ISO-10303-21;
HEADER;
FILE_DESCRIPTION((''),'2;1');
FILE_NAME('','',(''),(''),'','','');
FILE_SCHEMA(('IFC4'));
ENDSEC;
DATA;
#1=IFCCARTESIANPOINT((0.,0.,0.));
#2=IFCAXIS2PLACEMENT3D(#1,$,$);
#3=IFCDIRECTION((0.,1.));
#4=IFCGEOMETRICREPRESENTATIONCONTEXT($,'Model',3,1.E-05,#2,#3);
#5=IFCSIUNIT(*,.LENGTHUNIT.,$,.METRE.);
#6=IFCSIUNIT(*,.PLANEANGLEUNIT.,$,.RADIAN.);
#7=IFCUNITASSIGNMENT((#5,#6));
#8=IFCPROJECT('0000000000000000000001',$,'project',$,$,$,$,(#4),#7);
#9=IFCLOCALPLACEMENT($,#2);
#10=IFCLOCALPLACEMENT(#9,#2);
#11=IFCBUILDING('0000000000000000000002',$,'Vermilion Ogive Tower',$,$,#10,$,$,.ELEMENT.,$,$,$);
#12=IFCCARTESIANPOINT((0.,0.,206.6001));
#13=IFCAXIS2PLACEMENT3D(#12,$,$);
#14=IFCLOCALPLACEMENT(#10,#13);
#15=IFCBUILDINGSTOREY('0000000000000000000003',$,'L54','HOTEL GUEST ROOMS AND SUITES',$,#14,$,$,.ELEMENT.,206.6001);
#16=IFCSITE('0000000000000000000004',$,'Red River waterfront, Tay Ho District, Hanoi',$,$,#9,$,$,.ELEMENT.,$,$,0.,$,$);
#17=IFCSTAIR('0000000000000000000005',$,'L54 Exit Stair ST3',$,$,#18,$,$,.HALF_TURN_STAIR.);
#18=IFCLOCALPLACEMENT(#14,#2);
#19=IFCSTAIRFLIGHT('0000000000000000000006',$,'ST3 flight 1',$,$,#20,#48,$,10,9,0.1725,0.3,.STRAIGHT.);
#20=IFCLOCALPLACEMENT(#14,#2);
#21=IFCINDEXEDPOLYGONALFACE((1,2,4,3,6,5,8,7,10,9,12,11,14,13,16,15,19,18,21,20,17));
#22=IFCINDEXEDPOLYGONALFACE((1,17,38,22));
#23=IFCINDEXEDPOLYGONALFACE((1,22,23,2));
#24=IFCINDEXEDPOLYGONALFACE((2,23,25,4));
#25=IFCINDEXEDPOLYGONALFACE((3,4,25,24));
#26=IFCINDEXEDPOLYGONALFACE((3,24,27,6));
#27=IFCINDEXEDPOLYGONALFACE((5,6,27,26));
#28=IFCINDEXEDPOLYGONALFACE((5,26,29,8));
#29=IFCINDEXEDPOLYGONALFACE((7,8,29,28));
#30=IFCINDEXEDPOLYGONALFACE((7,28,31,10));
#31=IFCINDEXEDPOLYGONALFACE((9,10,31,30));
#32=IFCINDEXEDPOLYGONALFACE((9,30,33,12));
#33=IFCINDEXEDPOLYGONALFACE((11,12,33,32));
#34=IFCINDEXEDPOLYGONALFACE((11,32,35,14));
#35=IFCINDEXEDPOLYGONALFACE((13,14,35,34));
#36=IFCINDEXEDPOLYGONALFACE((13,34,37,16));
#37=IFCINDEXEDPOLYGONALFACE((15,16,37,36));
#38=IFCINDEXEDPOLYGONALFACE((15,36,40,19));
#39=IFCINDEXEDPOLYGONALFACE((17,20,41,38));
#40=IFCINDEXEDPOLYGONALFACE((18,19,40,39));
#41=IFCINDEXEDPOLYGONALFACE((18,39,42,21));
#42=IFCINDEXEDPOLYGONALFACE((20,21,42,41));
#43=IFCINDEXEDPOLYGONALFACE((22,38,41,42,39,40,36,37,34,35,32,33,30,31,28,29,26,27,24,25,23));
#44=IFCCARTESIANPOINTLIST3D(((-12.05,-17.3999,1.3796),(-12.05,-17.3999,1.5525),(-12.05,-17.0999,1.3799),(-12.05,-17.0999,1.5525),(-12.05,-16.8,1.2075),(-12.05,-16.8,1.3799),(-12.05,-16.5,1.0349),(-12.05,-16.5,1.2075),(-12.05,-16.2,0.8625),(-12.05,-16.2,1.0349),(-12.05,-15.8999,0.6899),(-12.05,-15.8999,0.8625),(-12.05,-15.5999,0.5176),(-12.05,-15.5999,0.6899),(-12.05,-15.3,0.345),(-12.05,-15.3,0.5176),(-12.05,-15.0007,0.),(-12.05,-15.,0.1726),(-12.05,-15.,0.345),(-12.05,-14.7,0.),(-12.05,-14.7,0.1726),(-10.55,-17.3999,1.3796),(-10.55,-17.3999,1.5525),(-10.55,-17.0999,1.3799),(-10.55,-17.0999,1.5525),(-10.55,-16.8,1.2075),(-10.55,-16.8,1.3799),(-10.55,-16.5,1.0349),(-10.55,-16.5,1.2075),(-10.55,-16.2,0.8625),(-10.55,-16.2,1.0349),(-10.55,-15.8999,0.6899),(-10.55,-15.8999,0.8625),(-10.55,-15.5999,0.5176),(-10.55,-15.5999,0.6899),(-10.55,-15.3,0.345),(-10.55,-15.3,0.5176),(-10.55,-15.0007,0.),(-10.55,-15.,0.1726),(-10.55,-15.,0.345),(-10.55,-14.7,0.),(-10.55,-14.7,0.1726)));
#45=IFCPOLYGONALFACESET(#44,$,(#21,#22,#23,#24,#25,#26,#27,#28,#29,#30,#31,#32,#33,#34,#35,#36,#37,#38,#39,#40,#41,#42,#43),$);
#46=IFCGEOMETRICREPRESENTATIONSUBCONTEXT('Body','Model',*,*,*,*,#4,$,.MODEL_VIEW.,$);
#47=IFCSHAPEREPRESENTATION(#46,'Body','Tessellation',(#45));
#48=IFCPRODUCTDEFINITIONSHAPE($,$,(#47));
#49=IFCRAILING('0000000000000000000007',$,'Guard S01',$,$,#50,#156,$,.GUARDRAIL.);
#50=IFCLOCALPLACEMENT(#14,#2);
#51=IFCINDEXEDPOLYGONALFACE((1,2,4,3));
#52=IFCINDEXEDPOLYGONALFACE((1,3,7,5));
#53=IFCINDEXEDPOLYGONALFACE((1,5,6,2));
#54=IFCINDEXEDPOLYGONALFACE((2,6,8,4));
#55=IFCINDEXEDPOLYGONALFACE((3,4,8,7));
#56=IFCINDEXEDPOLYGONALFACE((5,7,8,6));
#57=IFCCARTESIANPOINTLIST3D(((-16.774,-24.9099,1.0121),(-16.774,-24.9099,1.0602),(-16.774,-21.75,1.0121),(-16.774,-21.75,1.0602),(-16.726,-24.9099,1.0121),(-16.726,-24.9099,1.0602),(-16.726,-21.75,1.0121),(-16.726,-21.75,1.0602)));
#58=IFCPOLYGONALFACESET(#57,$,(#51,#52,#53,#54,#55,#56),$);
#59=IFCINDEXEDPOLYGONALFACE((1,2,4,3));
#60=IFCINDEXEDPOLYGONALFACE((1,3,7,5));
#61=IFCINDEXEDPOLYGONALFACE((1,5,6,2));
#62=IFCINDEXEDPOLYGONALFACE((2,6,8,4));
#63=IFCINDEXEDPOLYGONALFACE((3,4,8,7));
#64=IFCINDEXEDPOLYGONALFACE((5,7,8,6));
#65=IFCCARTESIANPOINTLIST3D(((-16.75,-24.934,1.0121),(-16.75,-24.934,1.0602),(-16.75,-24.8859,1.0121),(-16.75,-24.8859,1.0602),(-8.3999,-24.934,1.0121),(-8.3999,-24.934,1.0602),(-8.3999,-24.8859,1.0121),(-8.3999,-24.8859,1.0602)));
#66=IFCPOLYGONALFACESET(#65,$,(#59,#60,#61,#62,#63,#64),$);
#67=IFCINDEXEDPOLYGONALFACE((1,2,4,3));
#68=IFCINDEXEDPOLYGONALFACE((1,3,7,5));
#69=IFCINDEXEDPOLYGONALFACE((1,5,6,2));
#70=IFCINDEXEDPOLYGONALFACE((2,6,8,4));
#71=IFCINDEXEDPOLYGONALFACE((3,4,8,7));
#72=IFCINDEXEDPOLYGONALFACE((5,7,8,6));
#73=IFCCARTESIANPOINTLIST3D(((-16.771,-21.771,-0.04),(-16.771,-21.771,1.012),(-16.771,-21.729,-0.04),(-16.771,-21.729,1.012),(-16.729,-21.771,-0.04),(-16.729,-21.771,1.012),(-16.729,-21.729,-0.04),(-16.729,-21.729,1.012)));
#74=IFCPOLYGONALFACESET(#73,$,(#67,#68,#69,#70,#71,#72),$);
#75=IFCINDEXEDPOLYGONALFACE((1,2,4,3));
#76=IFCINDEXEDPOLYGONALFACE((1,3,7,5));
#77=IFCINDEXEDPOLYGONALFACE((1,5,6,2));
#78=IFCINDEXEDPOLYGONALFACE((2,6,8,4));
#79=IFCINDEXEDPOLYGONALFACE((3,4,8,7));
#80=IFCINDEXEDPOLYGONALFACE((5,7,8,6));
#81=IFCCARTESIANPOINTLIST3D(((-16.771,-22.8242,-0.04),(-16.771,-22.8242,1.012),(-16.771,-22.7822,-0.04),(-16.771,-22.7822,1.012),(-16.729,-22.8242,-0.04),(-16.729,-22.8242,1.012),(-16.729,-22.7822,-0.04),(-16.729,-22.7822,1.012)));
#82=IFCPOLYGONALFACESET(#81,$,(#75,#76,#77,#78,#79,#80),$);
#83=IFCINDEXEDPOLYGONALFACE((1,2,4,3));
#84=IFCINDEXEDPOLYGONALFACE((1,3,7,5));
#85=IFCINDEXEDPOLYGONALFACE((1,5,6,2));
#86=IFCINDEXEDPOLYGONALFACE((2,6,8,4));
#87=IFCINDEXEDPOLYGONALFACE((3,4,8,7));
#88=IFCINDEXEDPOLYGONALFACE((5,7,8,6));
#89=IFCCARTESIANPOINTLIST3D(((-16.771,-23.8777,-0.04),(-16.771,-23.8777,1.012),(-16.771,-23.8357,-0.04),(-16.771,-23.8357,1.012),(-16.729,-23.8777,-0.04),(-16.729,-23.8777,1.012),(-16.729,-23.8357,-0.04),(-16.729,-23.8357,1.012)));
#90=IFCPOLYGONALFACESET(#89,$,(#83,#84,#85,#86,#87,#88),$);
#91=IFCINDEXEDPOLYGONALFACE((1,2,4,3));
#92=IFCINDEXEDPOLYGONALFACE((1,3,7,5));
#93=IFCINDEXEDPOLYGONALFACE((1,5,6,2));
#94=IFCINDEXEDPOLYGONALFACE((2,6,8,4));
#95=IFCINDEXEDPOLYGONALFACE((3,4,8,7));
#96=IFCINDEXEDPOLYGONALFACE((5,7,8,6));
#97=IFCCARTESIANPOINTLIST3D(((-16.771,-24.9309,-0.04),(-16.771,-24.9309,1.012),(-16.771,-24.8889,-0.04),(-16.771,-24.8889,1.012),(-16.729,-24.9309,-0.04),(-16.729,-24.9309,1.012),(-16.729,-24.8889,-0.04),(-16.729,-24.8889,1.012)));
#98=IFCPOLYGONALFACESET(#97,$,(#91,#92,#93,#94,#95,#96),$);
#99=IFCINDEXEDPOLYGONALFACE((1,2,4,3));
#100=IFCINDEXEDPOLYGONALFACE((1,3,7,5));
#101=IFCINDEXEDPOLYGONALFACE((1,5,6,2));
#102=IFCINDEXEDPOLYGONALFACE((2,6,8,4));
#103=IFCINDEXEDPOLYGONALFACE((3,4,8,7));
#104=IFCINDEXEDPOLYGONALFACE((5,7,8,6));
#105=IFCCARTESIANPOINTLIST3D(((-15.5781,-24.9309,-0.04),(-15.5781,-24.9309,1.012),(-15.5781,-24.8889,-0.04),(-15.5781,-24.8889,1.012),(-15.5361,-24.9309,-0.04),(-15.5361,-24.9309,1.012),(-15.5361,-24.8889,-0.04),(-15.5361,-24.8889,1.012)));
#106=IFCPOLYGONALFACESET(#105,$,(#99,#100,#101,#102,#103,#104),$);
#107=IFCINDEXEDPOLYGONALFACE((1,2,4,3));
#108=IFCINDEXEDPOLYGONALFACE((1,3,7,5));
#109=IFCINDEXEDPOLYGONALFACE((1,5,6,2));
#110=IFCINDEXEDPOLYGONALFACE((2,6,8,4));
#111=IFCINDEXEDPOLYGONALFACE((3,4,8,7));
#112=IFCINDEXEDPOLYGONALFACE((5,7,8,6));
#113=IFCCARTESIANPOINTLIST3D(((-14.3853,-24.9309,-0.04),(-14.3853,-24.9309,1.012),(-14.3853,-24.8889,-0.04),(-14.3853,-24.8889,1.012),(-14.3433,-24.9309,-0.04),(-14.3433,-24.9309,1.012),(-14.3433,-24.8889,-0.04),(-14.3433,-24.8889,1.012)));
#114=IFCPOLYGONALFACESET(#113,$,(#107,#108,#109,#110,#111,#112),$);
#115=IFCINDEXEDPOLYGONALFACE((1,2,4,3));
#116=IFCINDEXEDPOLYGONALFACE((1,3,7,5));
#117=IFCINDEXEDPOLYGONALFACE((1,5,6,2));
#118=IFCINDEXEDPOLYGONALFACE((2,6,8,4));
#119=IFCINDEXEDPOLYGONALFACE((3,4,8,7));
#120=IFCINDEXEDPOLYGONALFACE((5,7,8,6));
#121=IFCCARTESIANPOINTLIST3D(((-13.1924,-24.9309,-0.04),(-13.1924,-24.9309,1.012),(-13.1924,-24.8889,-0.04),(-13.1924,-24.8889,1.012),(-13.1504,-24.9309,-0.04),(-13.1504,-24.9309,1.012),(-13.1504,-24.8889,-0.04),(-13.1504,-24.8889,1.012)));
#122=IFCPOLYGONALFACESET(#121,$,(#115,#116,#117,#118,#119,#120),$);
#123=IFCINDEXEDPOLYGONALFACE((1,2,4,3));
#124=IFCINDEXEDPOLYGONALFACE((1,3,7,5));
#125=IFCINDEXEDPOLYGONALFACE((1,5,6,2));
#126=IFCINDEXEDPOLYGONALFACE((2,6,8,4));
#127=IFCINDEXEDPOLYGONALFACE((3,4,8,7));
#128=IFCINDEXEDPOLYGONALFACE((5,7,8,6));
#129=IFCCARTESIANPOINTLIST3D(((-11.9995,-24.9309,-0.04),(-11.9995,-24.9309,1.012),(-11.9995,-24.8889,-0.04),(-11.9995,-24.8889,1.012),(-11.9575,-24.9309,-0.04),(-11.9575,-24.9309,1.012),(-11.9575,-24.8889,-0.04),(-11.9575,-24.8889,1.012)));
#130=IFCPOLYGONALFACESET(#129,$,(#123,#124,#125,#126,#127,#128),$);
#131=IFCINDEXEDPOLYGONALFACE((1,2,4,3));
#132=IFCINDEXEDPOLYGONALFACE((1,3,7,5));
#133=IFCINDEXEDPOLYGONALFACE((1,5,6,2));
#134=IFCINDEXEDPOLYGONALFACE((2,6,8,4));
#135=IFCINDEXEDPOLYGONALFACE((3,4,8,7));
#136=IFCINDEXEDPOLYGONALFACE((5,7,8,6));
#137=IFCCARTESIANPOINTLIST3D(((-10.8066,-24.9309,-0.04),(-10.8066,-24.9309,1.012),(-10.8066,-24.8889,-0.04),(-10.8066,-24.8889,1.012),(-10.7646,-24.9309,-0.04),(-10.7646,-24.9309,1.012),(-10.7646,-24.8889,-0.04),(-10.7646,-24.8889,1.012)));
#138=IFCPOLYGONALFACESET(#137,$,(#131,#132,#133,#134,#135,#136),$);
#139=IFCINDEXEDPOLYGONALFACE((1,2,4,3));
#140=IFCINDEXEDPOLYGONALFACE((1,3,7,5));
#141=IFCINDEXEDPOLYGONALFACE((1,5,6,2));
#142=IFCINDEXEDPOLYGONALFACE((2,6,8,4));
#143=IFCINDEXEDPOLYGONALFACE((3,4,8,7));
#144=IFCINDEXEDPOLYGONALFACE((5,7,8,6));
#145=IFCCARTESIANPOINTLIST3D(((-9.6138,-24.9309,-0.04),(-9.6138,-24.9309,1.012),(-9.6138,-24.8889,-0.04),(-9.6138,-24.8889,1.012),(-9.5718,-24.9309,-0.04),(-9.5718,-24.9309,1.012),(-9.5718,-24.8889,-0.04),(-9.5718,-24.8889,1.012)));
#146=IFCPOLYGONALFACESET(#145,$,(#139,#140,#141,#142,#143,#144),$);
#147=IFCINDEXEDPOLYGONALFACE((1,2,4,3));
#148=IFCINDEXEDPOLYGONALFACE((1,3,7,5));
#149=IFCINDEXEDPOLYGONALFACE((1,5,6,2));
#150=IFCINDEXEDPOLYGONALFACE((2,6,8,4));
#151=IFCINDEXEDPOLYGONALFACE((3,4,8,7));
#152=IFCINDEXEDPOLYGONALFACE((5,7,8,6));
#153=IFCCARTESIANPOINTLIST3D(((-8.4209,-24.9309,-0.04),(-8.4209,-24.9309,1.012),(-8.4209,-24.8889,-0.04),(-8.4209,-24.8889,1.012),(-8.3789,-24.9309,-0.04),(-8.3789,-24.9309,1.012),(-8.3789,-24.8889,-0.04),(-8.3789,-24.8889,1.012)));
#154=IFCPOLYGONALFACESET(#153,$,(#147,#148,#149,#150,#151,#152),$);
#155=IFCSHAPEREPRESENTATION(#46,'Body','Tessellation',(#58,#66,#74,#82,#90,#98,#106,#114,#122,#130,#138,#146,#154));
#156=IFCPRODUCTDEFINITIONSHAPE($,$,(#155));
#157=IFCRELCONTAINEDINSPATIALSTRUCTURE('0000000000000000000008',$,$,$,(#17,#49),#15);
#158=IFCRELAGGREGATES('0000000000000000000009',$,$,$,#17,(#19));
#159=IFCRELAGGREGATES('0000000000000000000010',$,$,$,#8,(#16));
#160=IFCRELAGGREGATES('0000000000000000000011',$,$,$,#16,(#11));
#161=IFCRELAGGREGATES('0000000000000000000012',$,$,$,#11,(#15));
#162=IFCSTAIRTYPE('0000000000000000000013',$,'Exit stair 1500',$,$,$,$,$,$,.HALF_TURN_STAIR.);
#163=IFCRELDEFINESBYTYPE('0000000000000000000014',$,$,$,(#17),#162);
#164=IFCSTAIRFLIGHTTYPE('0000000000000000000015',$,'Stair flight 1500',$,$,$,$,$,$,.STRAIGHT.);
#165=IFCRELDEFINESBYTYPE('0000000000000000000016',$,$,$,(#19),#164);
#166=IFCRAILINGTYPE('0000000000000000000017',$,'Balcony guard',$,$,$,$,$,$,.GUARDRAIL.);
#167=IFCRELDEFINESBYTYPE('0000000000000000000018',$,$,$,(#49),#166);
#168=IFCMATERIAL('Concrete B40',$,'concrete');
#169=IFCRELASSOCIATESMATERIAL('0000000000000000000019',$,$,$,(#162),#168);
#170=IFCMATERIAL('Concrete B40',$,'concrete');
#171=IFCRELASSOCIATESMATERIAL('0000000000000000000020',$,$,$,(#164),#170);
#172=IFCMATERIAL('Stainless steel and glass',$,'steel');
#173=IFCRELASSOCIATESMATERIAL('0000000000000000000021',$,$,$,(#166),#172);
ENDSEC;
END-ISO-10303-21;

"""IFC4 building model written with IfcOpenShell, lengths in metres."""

from ifc_helpers import new_model, si_unit, direction, frame, origin, origin_2d, place, context, subcontext, project, spatial, polyline, rectangle, outline, extrude, material, type_object, element, aggregate, save


model = new_model("IFC4")

# Units and contexts
model_context = context("Model", 3, precision=1e-05, world=origin(), true_north=direction((0.0, 1.0)))
body_context = subcontext(model_context, "Body", "Model", "MODEL_VIEW")
ifc_project = project(units=[si_unit("LENGTHUNIT", "METRE"), si_unit("PLANEANGLEUNIT", "RADIAN")], contexts=[model_context])

# Site, building, storey
site_placement = place(None, origin())
site = spatial("IfcSite", under=ifc_project, at=site_placement, Name="Red River waterfront, Tay Ho District, Hanoi", CompositionType="ELEMENT", RefElevation=0.0)
building_placement = place(site_placement, origin())
building = spatial("IfcBuilding", under=site, at=building_placement, Name="Vermilion Ogive Tower", CompositionType="ELEMENT")
storey_placement = place(building_placement, frame((0.0, 0.0, 206.6001)))
storey = spatial("IfcBuildingStorey", under=building, at=storey_placement, Name="L54", Description="HOTEL GUEST ROOMS AND SUITES", CompositionType="ELEMENT", Elevation=206.6001)

# Stair, stair flight
ifc_material_1 = material(Name="Concrete B40", Category="concrete")
stair_type = type_object("IfcStairType", Name="Exit stair 1500", PredefinedType="HALF_TURN_STAIR", material=ifc_material_1)
stair_placement = place(storey_placement, origin())
stair = element("IfcStair", 1, at=stair_placement, inside=storey, type_object=stair_type, Name="L54 Exit Stair ST3", PredefinedType="HALF_TURN_STAIR")
ifc_material_2 = material(Name="Concrete B40", Category="concrete")
stair_flight_type = type_object("IfcStairFlightType", Name="Stair flight 1500", PredefinedType="STRAIGHT", material=ifc_material_2)
stair_flight_placement = place(storey_placement, frame((-11.3, -14.7, 0.0), z_axis=(0.0, 0.0, 1.0), x_axis=(0.0, -1.0, 0.0)))
stair_flight = element("IfcStairFlight", 2, at=stair_flight_placement, type_object=stair_flight_type, Name="ST3 flight 1", NumberOfRisers=10, NumberOfTreads=9, PredefinedType="STRAIGHT", RiserHeight=0.1725, TreadLength=0.3, context=body_context, shape_type="SweptSolid", body=[
    extrude(outline(polyline([(0.0, 0.0), (0.0, 0.1726), (0.3, 0.1726), (0.3, 0.345), (0.6001, 0.345), (0.6001, 0.5176), (0.8999, 0.5176), (0.8999, 0.6899), (1.2, 0.6899), (1.2, 0.8625), (1.5, 0.8625), (1.5, 1.0349), (1.8, 1.0349), (1.8, 1.2075), (2.1001, 1.2075), (2.1001, 1.3799), (2.3999, 1.3799), (2.3999, 1.5525), (2.7, 1.5525), (2.7, 1.7251), (2.7, 1.3796), (0.3008, 0.0), (0.0, 0.0)])), frame((0.0, 0.75, 0.0), z_axis=(0.0, -1.0, 0.0), x_axis=(1.0, 0.0, 0.0)), (0.0, 0.0, 1.0), 1.5),
])
aggregate(stair, [stair_flight])

# Railing
ifc_material_3 = material(Name="Stainless steel and glass", Category="steel")
railing_type_1 = type_object("IfcRailingType", Name="Balcony guard", PredefinedType="GUARDRAIL", material=ifc_material_3)
railing_1_placement = place(storey_placement, frame((-16.75, -21.75, -0.04)))
element("IfcRailing", 3, at=railing_1_placement, inside=storey, type_object=railing_type_1, Name="Guard S01", PredefinedType="GUARDRAIL", context=body_context, shape_type="SweptSolid", body=[
    extrude(rectangle(XDim=0.0481, YDim=0.0481, at=origin_2d()), frame((0.0, 0.0, 1.0762), z_axis=(0.0, -1.0, 0.0), x_axis=(1.0, 0.0, 0.0)), (0.0, 0.0, 1.0), 3.1599),
    extrude(rectangle(XDim=0.0481, YDim=0.0481, at=origin_2d()), frame((0.0, -3.1599, 1.0762), z_axis=(1.0, 0.0, 0.0), x_axis=(0.0, 1.0, 0.0)), (0.0, 0.0, 1.0), 8.3501),
    extrude(rectangle(XDim=0.042, YDim=0.042, at=origin_2d()), origin(), (0.0, 0.0, 1.0), 1.052),
    extrude(rectangle(XDim=0.042, YDim=0.042, at=origin_2d()), frame((0.0, -1.0532, 0.0)), (0.0, 0.0, 1.0), 1.052),
    extrude(rectangle(XDim=0.042, YDim=0.042, at=origin_2d()), frame((0.0, -2.1067, 0.0)), (0.0, 0.0, 1.0), 1.052),
    extrude(rectangle(XDim=0.042, YDim=0.042, at=origin_2d()), frame((0.0, -3.1599, 0.0)), (0.0, 0.0, 1.0), 1.052),
    extrude(rectangle(XDim=0.042, YDim=0.042, at=origin_2d()), frame((1.1929, -3.1599, 0.0)), (0.0, 0.0, 1.0), 1.052),
    extrude(rectangle(XDim=0.042, YDim=0.042, at=origin_2d()), frame((2.3857, -3.1599, 0.0)), (0.0, 0.0, 1.0), 1.052),
    extrude(rectangle(XDim=0.042, YDim=0.042, at=origin_2d()), frame((3.5786, -3.1599, 0.0)), (0.0, 0.0, 1.0), 1.052),
    extrude(rectangle(XDim=0.042, YDim=0.042, at=origin_2d()), frame((4.7715, -3.1599, 0.0)), (0.0, 0.0, 1.0), 1.052),
    extrude(rectangle(XDim=0.042, YDim=0.042, at=origin_2d()), frame((5.9644, -3.1599, 0.0)), (0.0, 0.0, 1.0), 1.052),
    extrude(rectangle(XDim=0.042, YDim=0.042, at=origin_2d()), frame((7.1572, -3.1599, 0.0)), (0.0, 0.0, 1.0), 1.052),
    extrude(rectangle(XDim=0.042, YDim=0.042, at=origin_2d()), frame((8.3501, -3.1599, 0.0)), (0.0, 0.0, 1.0), 1.052),
])

save(model, "model.ifc")
